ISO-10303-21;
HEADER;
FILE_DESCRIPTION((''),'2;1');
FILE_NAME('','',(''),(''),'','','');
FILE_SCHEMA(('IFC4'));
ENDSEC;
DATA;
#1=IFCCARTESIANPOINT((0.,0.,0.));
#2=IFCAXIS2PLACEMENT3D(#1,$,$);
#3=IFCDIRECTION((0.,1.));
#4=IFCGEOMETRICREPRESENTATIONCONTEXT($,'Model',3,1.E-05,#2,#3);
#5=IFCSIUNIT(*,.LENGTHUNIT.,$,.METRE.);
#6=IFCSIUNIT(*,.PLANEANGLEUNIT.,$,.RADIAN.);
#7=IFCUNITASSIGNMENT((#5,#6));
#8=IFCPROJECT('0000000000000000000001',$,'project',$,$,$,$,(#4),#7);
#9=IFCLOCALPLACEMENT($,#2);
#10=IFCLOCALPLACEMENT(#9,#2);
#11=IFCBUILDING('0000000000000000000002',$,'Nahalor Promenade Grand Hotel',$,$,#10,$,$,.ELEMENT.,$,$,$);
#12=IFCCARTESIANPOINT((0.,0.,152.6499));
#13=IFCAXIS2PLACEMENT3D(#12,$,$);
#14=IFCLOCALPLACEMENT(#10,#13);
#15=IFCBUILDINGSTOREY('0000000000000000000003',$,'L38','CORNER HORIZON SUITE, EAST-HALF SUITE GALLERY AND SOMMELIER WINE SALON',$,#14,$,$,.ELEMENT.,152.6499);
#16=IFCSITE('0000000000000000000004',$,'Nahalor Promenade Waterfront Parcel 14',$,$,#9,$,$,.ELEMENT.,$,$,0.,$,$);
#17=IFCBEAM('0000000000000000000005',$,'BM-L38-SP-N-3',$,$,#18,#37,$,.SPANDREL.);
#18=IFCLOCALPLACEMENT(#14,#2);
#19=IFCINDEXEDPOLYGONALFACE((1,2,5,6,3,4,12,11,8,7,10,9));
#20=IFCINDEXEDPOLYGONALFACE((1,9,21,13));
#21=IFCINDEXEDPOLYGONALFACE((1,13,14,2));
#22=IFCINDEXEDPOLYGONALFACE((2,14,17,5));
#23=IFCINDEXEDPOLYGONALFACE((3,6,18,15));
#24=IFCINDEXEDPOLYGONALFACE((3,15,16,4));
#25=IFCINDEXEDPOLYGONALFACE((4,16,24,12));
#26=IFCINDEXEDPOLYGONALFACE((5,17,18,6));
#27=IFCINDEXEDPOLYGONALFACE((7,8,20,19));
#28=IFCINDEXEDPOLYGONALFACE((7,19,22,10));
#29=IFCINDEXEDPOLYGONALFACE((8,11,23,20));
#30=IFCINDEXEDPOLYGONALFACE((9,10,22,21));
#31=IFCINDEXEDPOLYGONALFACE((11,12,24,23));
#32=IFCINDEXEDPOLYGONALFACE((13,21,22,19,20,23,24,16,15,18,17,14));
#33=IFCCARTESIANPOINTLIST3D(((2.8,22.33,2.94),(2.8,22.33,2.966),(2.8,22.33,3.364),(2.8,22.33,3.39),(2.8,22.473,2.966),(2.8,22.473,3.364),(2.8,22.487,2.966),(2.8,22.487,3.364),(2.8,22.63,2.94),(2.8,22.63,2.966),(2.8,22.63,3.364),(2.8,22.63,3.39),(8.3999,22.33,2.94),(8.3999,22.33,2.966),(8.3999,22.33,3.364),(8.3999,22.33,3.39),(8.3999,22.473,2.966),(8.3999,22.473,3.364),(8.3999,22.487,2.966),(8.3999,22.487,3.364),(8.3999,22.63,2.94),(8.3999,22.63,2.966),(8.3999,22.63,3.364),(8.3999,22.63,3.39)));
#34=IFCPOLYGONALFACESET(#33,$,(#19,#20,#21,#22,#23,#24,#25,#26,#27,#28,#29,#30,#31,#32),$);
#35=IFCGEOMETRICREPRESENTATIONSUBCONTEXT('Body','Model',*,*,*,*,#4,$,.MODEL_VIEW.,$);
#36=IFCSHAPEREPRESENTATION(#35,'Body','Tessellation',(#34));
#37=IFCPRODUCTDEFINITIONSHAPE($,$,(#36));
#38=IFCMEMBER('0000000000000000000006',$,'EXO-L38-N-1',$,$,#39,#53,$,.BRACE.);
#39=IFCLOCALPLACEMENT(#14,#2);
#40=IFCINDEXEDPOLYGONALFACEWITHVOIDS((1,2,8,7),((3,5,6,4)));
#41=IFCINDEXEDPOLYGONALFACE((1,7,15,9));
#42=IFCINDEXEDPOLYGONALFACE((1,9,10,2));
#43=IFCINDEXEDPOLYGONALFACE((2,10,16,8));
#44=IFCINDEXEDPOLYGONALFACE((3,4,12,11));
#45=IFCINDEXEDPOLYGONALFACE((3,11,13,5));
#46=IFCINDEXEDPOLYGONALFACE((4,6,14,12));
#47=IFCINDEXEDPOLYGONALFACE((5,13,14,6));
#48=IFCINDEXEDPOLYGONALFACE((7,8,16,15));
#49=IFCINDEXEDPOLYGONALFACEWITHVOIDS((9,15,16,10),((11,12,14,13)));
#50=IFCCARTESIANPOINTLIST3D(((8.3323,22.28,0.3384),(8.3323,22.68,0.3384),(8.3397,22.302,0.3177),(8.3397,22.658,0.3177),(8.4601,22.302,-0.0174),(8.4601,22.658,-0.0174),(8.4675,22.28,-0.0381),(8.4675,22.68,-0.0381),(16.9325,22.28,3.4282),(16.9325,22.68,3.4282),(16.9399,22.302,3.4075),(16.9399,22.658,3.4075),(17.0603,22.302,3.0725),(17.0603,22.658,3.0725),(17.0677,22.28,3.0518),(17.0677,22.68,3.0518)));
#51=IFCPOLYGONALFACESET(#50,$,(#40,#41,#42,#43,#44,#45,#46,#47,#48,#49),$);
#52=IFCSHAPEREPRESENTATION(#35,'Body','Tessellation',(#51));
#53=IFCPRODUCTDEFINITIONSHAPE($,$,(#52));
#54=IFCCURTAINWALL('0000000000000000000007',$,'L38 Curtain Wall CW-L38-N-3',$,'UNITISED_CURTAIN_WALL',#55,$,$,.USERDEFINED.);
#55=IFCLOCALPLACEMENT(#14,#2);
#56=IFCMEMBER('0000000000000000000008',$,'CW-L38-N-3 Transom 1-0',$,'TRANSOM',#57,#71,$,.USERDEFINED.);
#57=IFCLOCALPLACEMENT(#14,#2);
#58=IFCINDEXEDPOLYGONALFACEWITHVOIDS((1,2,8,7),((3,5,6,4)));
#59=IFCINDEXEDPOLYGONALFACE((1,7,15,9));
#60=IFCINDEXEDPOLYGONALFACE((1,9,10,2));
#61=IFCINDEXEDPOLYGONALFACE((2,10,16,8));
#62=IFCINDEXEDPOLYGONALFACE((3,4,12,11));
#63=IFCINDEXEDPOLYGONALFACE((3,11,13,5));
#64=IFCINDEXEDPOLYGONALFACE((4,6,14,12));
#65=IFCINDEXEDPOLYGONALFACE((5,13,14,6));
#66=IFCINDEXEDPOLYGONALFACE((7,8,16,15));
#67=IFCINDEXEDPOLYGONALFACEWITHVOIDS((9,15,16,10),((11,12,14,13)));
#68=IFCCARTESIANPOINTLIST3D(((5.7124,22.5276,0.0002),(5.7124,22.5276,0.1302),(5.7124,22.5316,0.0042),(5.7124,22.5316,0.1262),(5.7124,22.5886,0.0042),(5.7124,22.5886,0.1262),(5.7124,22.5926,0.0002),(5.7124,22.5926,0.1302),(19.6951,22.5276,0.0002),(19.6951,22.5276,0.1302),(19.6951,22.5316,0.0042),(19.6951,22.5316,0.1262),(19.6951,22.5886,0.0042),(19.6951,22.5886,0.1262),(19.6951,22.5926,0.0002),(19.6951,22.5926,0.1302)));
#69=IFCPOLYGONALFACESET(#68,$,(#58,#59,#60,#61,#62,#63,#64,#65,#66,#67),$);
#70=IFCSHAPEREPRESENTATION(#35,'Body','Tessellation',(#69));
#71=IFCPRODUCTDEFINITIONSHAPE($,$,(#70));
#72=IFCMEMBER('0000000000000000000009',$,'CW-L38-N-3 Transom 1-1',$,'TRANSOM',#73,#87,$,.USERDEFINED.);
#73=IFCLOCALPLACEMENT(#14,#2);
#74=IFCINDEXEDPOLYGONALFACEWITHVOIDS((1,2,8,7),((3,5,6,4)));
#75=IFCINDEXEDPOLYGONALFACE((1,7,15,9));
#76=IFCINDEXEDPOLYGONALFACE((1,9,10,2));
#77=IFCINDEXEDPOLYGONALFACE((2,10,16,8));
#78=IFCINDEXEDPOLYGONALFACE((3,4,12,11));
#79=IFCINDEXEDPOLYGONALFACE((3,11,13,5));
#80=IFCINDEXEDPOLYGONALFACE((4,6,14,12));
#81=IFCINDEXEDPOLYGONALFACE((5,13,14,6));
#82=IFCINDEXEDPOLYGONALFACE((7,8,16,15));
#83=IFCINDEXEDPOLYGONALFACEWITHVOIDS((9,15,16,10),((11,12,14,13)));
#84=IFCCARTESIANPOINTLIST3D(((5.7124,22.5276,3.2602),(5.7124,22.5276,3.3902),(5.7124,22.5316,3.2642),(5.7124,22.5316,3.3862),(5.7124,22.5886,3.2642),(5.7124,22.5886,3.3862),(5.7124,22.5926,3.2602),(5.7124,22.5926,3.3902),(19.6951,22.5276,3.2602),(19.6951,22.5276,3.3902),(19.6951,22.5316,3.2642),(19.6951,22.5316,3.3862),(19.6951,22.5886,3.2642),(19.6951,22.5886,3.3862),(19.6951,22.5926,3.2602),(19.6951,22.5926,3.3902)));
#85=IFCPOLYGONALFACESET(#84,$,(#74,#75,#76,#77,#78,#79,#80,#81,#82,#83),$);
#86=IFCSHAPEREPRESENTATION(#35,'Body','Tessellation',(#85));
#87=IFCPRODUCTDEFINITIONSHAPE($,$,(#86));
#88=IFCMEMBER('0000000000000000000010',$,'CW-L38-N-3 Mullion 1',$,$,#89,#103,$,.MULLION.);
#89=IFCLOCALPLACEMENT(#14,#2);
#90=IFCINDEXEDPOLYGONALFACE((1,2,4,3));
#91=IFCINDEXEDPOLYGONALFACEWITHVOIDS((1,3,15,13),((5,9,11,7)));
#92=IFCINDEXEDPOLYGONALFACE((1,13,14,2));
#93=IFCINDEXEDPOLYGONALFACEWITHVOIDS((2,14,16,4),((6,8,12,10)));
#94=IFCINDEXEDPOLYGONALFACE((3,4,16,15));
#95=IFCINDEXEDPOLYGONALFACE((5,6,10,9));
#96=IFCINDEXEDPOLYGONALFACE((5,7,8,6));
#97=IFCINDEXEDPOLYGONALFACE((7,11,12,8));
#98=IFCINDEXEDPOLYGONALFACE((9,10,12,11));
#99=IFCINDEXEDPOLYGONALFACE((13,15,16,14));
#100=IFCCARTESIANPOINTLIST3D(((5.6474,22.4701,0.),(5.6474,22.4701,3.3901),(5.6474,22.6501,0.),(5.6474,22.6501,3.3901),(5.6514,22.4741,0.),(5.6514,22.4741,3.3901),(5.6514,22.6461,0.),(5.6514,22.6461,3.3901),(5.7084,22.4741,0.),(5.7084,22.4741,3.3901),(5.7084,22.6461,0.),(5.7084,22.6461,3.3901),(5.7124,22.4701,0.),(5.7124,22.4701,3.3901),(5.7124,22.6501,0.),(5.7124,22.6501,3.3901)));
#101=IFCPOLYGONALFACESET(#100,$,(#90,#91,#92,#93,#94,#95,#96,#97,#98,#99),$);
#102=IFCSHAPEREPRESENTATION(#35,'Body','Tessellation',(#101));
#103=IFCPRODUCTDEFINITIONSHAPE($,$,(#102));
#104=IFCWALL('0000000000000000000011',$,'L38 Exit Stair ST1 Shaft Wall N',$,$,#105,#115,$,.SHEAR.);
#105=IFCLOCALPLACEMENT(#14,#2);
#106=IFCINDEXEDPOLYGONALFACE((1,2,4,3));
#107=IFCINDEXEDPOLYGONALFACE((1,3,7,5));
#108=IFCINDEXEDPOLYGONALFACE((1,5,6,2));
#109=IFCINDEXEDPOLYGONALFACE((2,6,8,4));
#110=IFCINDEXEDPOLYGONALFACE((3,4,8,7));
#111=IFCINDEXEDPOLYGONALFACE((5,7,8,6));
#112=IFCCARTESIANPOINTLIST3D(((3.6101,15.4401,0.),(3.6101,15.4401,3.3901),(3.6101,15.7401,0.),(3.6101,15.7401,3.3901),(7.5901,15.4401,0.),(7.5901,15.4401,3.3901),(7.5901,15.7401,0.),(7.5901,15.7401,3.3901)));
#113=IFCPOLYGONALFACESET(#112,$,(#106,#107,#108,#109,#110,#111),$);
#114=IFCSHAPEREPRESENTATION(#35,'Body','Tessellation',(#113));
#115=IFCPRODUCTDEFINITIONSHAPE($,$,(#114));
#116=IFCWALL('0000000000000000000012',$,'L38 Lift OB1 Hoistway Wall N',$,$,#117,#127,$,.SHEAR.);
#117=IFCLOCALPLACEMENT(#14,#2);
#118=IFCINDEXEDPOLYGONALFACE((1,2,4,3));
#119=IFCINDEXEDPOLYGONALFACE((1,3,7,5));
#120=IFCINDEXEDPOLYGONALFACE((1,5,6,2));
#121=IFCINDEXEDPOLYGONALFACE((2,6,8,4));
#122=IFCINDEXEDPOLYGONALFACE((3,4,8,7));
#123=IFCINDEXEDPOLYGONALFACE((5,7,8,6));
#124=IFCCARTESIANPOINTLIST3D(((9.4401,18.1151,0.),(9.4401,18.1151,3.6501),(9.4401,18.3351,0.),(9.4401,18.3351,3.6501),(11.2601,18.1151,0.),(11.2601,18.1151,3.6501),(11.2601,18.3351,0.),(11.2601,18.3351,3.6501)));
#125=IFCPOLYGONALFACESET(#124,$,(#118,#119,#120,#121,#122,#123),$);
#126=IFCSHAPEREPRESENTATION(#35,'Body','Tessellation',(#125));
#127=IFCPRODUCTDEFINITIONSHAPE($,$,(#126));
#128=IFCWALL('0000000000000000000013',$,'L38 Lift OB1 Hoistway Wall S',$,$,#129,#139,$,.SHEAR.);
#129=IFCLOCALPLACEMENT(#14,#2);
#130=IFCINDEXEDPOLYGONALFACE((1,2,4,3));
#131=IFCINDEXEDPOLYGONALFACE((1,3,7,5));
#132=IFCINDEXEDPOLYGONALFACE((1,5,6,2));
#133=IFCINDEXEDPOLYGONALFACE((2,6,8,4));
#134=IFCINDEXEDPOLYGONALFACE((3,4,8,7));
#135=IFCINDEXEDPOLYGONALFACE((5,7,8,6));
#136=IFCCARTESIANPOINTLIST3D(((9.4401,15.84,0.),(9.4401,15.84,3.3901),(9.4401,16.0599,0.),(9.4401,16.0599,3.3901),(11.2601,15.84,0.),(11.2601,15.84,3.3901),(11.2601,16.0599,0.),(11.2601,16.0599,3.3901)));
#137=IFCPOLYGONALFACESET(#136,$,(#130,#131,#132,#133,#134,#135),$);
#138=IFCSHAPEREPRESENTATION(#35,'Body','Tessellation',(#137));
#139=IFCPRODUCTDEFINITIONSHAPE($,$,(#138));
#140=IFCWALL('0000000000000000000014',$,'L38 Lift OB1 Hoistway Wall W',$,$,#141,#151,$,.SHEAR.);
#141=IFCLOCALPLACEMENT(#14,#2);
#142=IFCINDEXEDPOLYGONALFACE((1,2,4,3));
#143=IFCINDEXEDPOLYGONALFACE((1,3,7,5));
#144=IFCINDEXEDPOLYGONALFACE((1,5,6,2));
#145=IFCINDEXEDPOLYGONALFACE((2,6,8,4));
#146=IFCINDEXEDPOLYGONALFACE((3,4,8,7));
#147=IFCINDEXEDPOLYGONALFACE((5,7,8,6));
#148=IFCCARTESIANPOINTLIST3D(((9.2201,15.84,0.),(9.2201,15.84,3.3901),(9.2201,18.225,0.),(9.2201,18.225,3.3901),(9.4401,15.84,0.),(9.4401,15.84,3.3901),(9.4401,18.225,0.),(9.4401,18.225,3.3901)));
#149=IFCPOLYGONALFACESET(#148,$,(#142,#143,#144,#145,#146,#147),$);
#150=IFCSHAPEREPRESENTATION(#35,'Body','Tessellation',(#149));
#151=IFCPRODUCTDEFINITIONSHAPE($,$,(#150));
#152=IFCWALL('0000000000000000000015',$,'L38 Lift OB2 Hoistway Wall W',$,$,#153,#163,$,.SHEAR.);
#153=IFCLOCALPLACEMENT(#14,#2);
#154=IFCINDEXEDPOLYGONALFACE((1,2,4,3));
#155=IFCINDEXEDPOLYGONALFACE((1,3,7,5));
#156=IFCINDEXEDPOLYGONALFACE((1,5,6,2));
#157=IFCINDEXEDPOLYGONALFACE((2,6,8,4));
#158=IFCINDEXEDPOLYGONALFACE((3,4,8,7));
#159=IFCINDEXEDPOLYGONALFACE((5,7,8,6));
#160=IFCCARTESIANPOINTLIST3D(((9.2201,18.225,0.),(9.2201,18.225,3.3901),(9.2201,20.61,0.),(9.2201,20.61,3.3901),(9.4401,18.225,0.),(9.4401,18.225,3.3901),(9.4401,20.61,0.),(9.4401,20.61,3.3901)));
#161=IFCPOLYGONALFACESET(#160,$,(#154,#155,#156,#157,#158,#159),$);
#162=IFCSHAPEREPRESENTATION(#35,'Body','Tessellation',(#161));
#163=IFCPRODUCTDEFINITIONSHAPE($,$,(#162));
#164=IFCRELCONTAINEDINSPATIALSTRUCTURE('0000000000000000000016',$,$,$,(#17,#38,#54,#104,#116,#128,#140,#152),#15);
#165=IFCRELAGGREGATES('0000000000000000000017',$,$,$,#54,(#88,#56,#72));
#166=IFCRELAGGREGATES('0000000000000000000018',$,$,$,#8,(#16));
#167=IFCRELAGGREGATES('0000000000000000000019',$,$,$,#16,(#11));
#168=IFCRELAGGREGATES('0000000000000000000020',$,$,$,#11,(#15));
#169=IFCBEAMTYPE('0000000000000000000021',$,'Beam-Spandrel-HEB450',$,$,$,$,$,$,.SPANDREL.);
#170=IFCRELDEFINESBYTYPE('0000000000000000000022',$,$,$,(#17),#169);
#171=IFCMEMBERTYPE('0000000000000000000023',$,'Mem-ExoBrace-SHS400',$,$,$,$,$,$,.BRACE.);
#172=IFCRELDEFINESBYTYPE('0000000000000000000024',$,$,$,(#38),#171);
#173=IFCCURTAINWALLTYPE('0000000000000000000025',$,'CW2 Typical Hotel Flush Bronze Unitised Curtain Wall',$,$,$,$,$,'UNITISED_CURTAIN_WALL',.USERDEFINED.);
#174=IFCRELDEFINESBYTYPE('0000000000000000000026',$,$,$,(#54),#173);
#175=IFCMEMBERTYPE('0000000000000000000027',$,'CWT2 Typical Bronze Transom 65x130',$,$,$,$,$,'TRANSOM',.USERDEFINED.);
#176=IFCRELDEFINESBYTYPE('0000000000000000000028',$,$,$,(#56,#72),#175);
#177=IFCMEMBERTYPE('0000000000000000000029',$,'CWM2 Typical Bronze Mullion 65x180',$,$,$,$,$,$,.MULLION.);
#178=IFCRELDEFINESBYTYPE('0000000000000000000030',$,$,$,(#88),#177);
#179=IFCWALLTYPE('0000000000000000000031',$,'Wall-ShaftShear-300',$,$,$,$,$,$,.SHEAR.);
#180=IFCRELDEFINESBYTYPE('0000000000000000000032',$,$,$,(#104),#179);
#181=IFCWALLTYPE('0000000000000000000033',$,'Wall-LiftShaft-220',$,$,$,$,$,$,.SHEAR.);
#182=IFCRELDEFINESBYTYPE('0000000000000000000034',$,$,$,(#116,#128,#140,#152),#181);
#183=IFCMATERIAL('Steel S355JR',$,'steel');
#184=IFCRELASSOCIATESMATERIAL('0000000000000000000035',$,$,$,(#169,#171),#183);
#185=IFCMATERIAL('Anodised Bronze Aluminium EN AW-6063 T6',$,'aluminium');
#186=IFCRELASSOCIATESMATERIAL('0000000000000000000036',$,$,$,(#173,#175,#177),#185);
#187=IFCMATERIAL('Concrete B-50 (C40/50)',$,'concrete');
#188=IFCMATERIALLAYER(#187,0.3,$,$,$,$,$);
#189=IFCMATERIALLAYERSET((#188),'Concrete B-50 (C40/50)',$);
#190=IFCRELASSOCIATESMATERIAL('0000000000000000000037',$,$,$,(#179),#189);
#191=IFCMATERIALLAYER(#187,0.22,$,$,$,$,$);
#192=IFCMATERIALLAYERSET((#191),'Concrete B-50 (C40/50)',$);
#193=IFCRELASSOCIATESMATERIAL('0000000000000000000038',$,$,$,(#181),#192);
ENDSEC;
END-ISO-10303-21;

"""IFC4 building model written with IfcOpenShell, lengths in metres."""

from ifc_helpers import new_model, si_unit, direction, frame, frame_2d, origin, origin_2d, place, context, subcontext, project, spatial, rectangle, hollow_rectangle, i_section, extrude, source, transform, mapped, material, layer, layer_set, material_profile, profile_set, type_object, element, aggregate, save


model = new_model("IFC4")

# Units and contexts
model_context = context("Model", 3, precision=1e-05, world=origin(), true_north=direction((0.0, 1.0)))
body_context = subcontext(model_context, "Body", "Model", "MODEL_VIEW")
ifc_project = project(units=[si_unit("LENGTHUNIT", "METRE"), si_unit("PLANEANGLEUNIT", "RADIAN")], contexts=[model_context])

# Site, building, storey
site_placement = place(None, origin())
site = spatial("IfcSite", under=ifc_project, at=site_placement, Name="Nahalor Promenade Waterfront Parcel 14", CompositionType="ELEMENT", RefElevation=0.0)
building_placement = place(site_placement, origin())
building = spatial("IfcBuilding", under=site, at=building_placement, Name="Nahalor Promenade Grand Hotel", CompositionType="ELEMENT")
storey_placement = place(building_placement, frame((0.0, 0.0, 152.6499)))
storey = spatial("IfcBuildingStorey", under=building, at=storey_placement, Name="L38", Description="CORNER HORIZON SUITE, EAST-HALF SUITE GALLERY AND SOMMELIER WINE SALON", CompositionType="ELEMENT", Elevation=152.6499)

# Beam
ifc_material_1 = material(Name="Steel S355JR", Category="steel")
ifc_material_profile_1 = material_profile(ifc_material_1, i_section(OverallWidth=0.3, OverallDepth=0.45, WebThickness=0.014, FlangeThickness=0.026, at=origin_2d()), Name="HEB 450")
ifc_profile_set_1 = profile_set([ifc_material_profile_1], Name="Steel S355JR")
beam_type_1 = type_object("IfcBeamType", Name="Beam-Spandrel-HEB450", PredefinedType="SPANDREL", material=ifc_profile_set_1)
shared_shape_1 = source(origin(), body_context, "Body", "SweptSolid", [
    extrude(i_section(OverallWidth=0.3, OverallDepth=0.45, WebThickness=0.014, FlangeThickness=0.026, at=origin_2d()), origin(), (0.0, 0.0, 1.0), 5.5999),
])
beam_1_placement = place(storey_placement, frame((2.8, 22.48, 3.165), z_axis=(1.0, 0.0, 0.0), x_axis=(0.0, 1.0, 0.0)))
element("IfcBeam", 1, at=beam_1_placement, inside=storey, type_object=beam_type_1, Name="BM-L38-SP-N-3", PredefinedType="SPANDREL", context=body_context, shape_type="MappedRepresentation", body=[
    mapped(shared_shape_1, transform((0.0, 0.0, 0.0), scale=1.0)),
])

# Member
ifc_material_profile_2 = material_profile(ifc_material_1, hollow_rectangle(XDim=0.4, YDim=0.4, WallThickness=0.022, at=origin_2d()), Name="SHS 400x400x22")
ifc_profile_set_2 = profile_set([ifc_material_profile_2], Name="Steel S355JR")
member_type_1 = type_object("IfcMemberType", Name="Mem-ExoBrace-SHS400", PredefinedType="BRACE", material=ifc_profile_set_2)
shared_shape_2 = source(origin(), body_context, "Body", "SweptSolid", [
    extrude(hollow_rectangle(XDim=0.4, YDim=0.4, WallThickness=0.022, at=origin_2d()), origin(), (0.0, 0.0, 1.0), 9.1384),
])
member_1_placement = place(storey_placement, frame((8.3999, 22.48, 0.1501), z_axis=(0.941103, 0.0, 0.33812), x_axis=(0.0, 1.0, 0.0)))
element("IfcMember", 2, at=member_1_placement, inside=storey, type_object=member_type_1, Name="EXO-L38-N-1", PredefinedType="BRACE", context=body_context, shape_type="MappedRepresentation", body=[
    mapped(shared_shape_2, transform((0.0, 0.0, 0.0), scale=1.0)),
])

# Curtain wall, members
ifc_material_2 = material(Name="Anodised Bronze Aluminium EN AW-6063 T6", Category="aluminium")
curtain_wall_type = type_object("IfcCurtainWallType", Name="CW2 Typical Hotel Flush Bronze Unitised Curtain Wall", ElementType="UNITISED_CURTAIN_WALL", PredefinedType="USERDEFINED", material=ifc_material_2)
curtain_wall_placement = place(storey_placement, origin())
curtain_wall = element("IfcCurtainWall", 3, at=curtain_wall_placement, inside=storey, type_object=curtain_wall_type, Name="L38 Curtain Wall CW-L38-N-3", ObjectType="UNITISED_CURTAIN_WALL", PredefinedType="USERDEFINED")
ifc_material_profile_3 = material_profile(ifc_material_2, hollow_rectangle(XDim=0.065, YDim=0.13, WallThickness=0.004, at=origin_2d()), Name="CWT 65x130x4")
ifc_profile_set_3 = profile_set([ifc_material_profile_3], Name="Anodised Bronze Aluminium EN AW-6063 T6")
member_type_2 = type_object("IfcMemberType", Name="CWT2 Typical Bronze Transom 65x130", ElementType="TRANSOM", PredefinedType="USERDEFINED", material=ifc_profile_set_3)
shared_shape_3 = source(origin(), body_context, "Body", "SweptSolid", [
    extrude(hollow_rectangle(XDim=0.065, YDim=0.13, WallThickness=0.004, at=origin_2d()), origin(), (0.0, 0.0, 1.0), 13.9827),
])
member_2_placement = place(storey_placement, frame((5.7124, 22.5601, 0.0652), z_axis=(1.0, 0.0, 0.0), x_axis=(0.0, 1.0, 0.0)))
member_2 = element("IfcMember", 4, at=member_2_placement, type_object=member_type_2, Name="CW-L38-N-3 Transom 1-0", ObjectType="TRANSOM", PredefinedType="USERDEFINED", context=body_context, shape_type="MappedRepresentation", body=[
    mapped(shared_shape_3, transform((0.0, 0.0, 0.0), scale=1.0)),
])
member_3_placement = place(storey_placement, frame((5.7124, 22.5601, 3.3252), z_axis=(1.0, 0.0, 0.0), x_axis=(0.0, 1.0, 0.0)))
member_3 = element("IfcMember", 5, at=member_3_placement, type_object=member_type_2, Name="CW-L38-N-3 Transom 1-1", ObjectType="TRANSOM", PredefinedType="USERDEFINED", context=body_context, shape_type="MappedRepresentation", body=[
    mapped(shared_shape_3, transform((0.0, 0.0, 0.0), scale=1.0)),
])
ifc_material_profile_4 = material_profile(ifc_material_2, hollow_rectangle(XDim=0.065, YDim=0.18, WallThickness=0.004, at=origin_2d()), Name="CWM 65x180x4")
ifc_profile_set_4 = profile_set([ifc_material_profile_4], Name="Anodised Bronze Aluminium EN AW-6063 T6")
member_type_3 = type_object("IfcMemberType", Name="CWM2 Typical Bronze Mullion 65x180", PredefinedType="MULLION", material=ifc_profile_set_4)
shared_shape_4 = source(origin(), body_context, "Body", "SweptSolid", [
    extrude(hollow_rectangle(XDim=0.065, YDim=0.18, WallThickness=0.004, at=origin_2d()), origin(), (0.0, 0.0, 1.0), 3.3901),
])
member_4_placement = place(storey_placement, frame((5.6799, 22.5601, 0.0), z_axis=(0.0, 0.0, 1.0), x_axis=(1.0, 0.0, 0.0)))
member_4 = element("IfcMember", 6, at=member_4_placement, type_object=member_type_3, Name="CW-L38-N-3 Mullion 1", PredefinedType="MULLION", context=body_context, shape_type="MappedRepresentation", body=[
    mapped(shared_shape_4, transform((0.0, 0.0, 0.0), scale=1.0)),
])
aggregate(curtain_wall, [member_4, member_2, member_3])

# Walls
ifc_material_3 = material(Name="Concrete B-50 (C40/50)", Category="concrete")
ifc_layer_1 = layer(ifc_material_3, 0.3)
ifc_layer_set_1 = layer_set([ifc_layer_1], Name="Concrete B-50 (C40/50)")
wall_type_1 = type_object("IfcWallType", Name="Wall-ShaftShear-300", PredefinedType="SHEAR", material=ifc_layer_set_1)
shared_shape_5 = source(origin(), body_context, "Body", "SweptSolid", [
    extrude(rectangle(XDim=3.98, YDim=0.3, at=frame_2d((1.99, 0.0))), origin(), (0.0, 0.0, 1.0), 3.3901),
])
wall_1_placement = place(storey_placement, frame((3.6101, 15.5901, 0.0), z_axis=(0.0, 0.0, 1.0), x_axis=(1.0, 0.0, 0.0)))
element("IfcWall", 7, at=wall_1_placement, inside=storey, type_object=wall_type_1, Name="L38 Exit Stair ST1 Shaft Wall N", PredefinedType="SHEAR", context=body_context, shape_type="MappedRepresentation", body=[
    mapped(shared_shape_5, transform((0.0, 0.0, 0.0), scale=1.0)),
])
ifc_layer_2 = layer(ifc_material_3, 0.22)
ifc_layer_set_2 = layer_set([ifc_layer_2], Name="Concrete B-50 (C40/50)")
wall_type_2 = type_object("IfcWallType", Name="Wall-LiftShaft-220", PredefinedType="SHEAR", material=ifc_layer_set_2)
shared_shape_6 = source(origin(), body_context, "Body", "SweptSolid", [
    extrude(rectangle(XDim=1.8201, YDim=0.22, at=frame_2d((0.9102, 0.0))), origin(), (0.0, 0.0, 1.0), 3.6501),
])
wall_2_placement = place(storey_placement, frame((9.4399, 18.2251, 0.0), z_axis=(0.0, 0.0, 1.0), x_axis=(1.0, 0.0, 0.0)))
element("IfcWall", 8, at=wall_2_placement, inside=storey, type_object=wall_type_2, Name="L38 Lift OB1 Hoistway Wall N", PredefinedType="SHEAR", context=body_context, shape_type="MappedRepresentation", body=[
    mapped(shared_shape_6, transform((0.0, 0.0, 0.0), scale=1.0)),
])
shared_shape_7 = source(origin(), body_context, "Body", "SweptSolid", [
    extrude(rectangle(XDim=1.8201, YDim=0.22, at=frame_2d((0.9102, 0.0))), origin(), (0.0, 0.0, 1.0), 3.3901),
])
wall_3_placement = place(storey_placement, frame((9.4399, 15.95, 0.0), z_axis=(0.0, 0.0, 1.0), x_axis=(1.0, 0.0, 0.0)))
element("IfcWall", 9, at=wall_3_placement, inside=storey, type_object=wall_type_2, Name="L38 Lift OB1 Hoistway Wall S", PredefinedType="SHEAR", context=body_context, shape_type="MappedRepresentation", body=[
    mapped(shared_shape_7, transform((0.0, 0.0, 0.0), scale=1.0)),
])
shared_shape_8 = source(origin(), body_context, "Body", "SweptSolid", [
    extrude(rectangle(XDim=2.385, YDim=0.22, at=frame_2d((1.1924, 0.0))), origin(), (0.0, 0.0, 1.0), 3.3901),
])
for number, where, z_axis, x_axis, name in (
    (10, (9.3301, 15.8401, 0.0), (0.0, 0.0, 1.0), (0.0, 1.0, 0.0), "L38 Lift OB1 Hoistway Wall W"),
    (11, (9.3301, 18.2251, 0.0), (0.0, 0.0, 1.0), (0.0, 1.0, 0.0), "L38 Lift OB2 Hoistway Wall W"),
):
    element("IfcWall", number, at=place(storey_placement, frame(where, z_axis=z_axis, x_axis=x_axis)), inside=storey, type_object=wall_type_2, Name=name, PredefinedType="SHEAR", context=body_context, shape_type="MappedRepresentation", body=[
        mapped(shared_shape_8, transform((0.0, 0.0, 0.0), scale=1.0)),
    ])

save(model, "model.ifc")
